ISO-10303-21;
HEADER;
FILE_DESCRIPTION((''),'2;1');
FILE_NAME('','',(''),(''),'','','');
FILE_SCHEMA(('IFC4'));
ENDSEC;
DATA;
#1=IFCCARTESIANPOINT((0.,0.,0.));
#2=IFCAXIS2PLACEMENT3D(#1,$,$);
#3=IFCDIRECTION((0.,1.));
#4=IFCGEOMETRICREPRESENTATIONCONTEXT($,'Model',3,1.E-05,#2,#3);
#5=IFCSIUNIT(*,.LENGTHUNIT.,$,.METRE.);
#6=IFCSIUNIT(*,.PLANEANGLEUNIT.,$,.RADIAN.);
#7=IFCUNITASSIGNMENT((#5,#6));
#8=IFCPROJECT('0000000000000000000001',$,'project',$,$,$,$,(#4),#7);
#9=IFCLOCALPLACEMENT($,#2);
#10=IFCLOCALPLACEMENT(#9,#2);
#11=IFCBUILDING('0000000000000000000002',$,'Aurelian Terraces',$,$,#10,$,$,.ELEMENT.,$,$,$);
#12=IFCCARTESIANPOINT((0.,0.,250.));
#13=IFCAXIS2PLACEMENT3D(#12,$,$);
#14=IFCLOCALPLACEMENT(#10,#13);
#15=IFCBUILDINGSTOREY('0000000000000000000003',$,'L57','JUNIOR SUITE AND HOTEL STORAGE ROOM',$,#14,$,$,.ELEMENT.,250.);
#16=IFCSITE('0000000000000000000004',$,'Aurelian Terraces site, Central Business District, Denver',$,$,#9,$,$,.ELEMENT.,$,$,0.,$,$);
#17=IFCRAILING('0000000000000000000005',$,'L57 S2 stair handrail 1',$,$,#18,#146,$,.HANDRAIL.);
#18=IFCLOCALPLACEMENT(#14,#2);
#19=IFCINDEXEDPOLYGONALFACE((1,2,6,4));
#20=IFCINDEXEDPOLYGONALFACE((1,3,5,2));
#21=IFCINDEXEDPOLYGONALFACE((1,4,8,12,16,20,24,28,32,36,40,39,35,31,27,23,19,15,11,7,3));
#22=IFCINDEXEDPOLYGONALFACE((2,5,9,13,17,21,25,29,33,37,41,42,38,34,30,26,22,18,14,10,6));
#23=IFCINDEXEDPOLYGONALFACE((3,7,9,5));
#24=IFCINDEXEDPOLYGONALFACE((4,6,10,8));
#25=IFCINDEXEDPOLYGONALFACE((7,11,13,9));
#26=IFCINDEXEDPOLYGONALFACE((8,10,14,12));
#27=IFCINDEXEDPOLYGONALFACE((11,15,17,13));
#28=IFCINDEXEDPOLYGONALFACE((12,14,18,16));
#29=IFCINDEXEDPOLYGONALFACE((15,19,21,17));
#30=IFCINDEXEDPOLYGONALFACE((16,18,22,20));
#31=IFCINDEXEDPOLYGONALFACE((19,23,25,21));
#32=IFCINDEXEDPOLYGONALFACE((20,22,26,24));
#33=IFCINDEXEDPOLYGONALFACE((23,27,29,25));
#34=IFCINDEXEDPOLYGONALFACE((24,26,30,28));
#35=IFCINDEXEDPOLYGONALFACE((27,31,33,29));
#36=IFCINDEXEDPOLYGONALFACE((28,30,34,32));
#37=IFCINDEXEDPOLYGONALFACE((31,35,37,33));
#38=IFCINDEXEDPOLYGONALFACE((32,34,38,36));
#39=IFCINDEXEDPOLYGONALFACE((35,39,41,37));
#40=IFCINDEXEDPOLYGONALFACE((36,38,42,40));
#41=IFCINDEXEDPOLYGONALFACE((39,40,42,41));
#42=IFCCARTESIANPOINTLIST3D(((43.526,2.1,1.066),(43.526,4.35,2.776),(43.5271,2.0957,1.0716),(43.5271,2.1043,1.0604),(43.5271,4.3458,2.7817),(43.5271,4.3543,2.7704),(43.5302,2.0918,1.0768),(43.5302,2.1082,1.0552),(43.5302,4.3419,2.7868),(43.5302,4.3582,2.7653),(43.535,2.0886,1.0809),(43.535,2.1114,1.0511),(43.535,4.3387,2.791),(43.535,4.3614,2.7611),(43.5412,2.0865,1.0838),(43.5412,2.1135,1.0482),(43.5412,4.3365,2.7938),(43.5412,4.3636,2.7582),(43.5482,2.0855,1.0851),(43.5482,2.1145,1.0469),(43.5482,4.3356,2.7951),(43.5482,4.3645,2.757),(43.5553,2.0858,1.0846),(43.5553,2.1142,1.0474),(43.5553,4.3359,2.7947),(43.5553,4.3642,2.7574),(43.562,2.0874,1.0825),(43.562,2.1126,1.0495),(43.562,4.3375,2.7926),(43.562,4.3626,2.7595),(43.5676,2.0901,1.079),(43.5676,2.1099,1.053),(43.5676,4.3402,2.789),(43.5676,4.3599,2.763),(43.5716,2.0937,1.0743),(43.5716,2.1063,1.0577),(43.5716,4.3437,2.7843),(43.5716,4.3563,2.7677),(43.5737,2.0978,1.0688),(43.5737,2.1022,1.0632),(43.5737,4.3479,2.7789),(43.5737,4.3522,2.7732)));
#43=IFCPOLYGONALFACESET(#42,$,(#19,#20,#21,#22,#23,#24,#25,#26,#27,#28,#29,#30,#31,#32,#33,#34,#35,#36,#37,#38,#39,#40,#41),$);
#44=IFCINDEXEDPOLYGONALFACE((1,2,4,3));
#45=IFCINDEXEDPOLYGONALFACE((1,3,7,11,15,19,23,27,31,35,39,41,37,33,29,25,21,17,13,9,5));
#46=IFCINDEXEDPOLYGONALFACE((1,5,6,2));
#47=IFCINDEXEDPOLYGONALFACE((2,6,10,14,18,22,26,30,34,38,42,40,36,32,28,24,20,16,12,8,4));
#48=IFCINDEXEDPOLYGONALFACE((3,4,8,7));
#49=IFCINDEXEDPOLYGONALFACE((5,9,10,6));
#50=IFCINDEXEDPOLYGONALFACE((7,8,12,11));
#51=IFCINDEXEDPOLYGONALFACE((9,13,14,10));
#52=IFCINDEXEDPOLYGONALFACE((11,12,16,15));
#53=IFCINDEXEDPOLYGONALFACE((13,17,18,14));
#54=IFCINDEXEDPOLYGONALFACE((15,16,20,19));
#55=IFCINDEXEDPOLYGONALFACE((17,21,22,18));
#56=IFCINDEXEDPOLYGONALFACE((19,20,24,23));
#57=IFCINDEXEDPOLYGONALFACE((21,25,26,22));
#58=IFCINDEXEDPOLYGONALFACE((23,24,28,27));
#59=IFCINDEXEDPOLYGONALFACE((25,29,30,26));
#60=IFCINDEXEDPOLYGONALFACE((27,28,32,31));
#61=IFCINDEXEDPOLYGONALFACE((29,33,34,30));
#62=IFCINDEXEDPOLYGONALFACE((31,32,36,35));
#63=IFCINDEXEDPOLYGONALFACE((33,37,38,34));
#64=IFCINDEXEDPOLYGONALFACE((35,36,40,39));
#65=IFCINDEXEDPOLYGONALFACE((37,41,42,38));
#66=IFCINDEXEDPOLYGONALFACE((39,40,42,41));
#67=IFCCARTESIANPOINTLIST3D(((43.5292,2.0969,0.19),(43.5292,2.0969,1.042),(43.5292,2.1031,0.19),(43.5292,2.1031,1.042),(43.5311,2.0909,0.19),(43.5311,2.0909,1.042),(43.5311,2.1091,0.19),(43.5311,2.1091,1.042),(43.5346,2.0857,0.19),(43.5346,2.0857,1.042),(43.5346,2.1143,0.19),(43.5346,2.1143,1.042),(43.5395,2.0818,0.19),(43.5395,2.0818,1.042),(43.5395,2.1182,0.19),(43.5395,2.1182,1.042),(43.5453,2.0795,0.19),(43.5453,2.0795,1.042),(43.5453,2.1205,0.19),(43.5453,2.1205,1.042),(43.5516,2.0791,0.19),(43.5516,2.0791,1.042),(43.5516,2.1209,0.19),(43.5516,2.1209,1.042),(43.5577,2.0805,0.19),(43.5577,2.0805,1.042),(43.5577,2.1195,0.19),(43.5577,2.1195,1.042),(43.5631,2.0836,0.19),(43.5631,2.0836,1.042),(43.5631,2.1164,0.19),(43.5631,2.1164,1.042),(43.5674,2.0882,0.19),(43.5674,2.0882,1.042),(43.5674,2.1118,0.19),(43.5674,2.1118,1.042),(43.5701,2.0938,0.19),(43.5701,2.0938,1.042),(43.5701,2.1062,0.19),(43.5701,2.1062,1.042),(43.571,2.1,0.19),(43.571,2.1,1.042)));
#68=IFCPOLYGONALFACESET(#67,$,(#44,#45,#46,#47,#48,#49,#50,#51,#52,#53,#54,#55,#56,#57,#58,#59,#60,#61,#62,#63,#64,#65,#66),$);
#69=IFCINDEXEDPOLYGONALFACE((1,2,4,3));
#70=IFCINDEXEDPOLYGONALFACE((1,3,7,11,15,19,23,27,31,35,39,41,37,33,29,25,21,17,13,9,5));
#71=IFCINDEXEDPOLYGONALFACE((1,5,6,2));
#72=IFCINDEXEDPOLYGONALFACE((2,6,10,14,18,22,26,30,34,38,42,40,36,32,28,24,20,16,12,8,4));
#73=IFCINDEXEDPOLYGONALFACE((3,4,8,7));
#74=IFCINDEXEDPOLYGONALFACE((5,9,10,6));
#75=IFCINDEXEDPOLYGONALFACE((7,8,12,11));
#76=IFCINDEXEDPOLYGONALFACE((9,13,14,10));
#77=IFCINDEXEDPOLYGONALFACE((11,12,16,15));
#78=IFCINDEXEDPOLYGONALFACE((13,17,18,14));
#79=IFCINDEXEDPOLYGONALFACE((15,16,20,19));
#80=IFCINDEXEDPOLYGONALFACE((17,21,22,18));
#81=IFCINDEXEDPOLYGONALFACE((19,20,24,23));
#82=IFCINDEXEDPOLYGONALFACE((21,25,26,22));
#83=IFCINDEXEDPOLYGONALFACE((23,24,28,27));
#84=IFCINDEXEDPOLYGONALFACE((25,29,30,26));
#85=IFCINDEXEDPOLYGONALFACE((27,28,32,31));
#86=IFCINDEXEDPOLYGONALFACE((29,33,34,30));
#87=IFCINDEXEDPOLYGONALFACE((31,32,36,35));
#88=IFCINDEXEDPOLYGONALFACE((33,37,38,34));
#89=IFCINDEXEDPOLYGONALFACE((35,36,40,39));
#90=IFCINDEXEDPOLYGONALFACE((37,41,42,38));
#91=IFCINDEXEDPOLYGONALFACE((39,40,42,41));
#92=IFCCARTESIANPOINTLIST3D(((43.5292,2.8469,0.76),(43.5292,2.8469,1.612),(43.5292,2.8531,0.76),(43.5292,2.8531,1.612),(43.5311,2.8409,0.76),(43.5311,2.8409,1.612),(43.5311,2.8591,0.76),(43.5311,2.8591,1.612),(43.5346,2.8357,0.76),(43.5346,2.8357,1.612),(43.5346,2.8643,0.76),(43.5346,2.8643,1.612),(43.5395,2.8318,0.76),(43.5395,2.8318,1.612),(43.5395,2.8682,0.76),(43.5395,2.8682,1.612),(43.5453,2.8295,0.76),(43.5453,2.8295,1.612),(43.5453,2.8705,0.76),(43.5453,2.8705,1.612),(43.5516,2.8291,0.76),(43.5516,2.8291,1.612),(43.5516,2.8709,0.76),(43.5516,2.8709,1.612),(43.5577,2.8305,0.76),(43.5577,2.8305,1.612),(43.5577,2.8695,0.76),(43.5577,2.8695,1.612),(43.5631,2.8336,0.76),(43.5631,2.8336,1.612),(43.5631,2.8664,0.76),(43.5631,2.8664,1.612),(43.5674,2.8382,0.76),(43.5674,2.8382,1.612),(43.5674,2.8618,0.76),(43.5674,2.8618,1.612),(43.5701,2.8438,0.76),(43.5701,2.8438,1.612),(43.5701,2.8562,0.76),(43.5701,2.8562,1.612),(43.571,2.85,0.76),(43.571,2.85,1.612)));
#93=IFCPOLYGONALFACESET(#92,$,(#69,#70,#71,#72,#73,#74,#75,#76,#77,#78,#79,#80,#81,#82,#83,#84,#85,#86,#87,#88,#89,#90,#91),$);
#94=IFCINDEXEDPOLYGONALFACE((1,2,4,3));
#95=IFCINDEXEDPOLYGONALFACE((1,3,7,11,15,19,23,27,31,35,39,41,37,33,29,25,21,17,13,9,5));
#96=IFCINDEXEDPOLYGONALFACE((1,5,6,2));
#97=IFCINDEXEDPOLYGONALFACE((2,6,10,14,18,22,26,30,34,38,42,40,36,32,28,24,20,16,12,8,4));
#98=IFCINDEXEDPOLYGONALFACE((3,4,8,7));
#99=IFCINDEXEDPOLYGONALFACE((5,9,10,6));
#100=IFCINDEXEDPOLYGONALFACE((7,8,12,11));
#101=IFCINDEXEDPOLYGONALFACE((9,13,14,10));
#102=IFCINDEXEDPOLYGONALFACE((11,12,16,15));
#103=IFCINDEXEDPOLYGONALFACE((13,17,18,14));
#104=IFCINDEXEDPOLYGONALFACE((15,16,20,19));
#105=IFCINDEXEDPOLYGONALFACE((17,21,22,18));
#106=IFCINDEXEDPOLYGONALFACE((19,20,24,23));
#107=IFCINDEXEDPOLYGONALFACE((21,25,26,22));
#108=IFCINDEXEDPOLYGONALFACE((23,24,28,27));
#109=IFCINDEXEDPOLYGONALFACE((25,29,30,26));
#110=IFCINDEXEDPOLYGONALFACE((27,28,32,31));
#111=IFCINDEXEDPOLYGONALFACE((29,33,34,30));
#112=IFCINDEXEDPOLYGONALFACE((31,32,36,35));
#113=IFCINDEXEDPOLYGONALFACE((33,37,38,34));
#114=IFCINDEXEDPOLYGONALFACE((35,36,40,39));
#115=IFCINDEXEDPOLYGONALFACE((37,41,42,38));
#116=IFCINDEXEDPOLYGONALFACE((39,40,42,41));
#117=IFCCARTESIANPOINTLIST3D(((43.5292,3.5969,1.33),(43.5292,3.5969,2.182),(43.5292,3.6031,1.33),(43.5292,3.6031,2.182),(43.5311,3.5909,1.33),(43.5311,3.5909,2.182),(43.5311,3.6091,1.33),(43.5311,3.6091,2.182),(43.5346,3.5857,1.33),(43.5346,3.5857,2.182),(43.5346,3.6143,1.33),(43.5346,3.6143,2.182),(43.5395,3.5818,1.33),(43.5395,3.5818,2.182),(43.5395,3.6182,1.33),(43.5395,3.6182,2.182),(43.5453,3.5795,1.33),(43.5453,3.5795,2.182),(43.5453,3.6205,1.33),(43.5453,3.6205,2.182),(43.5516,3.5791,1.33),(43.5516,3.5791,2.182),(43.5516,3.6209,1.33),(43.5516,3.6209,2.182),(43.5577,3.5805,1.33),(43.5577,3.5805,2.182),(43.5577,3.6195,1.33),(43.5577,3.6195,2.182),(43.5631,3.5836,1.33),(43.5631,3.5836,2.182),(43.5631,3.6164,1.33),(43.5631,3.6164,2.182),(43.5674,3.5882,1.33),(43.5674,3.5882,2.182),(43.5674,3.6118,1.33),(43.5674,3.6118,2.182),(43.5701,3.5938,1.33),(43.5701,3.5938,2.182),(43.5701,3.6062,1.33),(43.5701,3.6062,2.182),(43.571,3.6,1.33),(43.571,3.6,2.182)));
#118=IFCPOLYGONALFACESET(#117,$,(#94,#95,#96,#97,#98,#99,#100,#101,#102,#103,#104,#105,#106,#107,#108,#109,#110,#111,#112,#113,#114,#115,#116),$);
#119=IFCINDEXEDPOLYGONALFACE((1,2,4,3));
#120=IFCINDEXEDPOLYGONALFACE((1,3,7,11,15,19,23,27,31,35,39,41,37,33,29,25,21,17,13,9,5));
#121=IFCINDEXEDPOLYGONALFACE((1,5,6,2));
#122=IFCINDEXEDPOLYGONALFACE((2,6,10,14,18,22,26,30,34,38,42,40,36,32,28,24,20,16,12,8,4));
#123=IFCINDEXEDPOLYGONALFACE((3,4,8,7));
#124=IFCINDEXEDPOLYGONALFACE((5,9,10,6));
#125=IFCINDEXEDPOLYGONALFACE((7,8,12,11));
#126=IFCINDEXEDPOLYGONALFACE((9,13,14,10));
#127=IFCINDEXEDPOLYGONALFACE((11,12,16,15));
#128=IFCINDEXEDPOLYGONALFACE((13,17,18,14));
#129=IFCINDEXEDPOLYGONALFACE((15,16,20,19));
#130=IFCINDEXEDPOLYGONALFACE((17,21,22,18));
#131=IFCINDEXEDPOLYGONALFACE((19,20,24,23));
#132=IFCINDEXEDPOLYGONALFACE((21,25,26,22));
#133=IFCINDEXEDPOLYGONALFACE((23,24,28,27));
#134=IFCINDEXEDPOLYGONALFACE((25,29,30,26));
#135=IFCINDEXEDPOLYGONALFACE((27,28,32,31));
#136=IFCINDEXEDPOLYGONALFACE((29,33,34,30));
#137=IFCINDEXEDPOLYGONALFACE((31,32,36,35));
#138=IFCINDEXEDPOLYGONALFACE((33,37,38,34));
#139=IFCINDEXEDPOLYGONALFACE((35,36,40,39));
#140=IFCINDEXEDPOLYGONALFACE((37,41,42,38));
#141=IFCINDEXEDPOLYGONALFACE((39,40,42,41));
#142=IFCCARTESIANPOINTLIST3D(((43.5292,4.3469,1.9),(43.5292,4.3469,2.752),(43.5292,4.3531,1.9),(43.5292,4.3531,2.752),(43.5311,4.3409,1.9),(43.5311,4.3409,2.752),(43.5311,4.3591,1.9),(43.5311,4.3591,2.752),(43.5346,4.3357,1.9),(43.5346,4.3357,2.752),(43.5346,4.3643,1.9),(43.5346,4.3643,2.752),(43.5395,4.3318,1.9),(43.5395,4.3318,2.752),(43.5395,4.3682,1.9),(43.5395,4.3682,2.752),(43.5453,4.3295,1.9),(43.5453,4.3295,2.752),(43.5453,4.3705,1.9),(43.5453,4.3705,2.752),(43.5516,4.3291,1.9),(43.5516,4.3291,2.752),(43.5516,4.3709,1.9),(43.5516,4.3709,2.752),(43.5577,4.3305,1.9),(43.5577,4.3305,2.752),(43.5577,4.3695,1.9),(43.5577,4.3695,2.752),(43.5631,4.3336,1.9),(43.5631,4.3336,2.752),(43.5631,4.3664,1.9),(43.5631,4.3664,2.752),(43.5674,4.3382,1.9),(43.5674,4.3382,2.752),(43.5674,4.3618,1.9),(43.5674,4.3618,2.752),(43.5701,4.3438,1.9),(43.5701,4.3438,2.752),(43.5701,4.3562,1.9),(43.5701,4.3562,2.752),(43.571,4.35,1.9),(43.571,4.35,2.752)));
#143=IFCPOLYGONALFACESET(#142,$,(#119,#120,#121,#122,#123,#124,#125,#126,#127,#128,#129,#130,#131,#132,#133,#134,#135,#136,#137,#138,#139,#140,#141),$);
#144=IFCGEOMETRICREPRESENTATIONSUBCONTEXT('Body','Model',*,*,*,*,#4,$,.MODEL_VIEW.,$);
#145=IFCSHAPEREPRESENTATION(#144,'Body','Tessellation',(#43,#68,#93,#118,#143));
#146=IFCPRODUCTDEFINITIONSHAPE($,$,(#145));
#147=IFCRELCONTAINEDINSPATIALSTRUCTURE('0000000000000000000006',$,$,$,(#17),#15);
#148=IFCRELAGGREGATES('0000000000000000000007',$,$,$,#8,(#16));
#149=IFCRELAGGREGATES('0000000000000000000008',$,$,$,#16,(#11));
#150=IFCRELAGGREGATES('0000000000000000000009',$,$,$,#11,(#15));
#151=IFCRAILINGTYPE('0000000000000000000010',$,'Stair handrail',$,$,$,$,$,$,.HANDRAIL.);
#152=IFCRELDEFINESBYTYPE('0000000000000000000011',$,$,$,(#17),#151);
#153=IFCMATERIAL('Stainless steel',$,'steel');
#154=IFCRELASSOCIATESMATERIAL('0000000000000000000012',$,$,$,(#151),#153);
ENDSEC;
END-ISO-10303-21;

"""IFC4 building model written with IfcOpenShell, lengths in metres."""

from ifc_helpers import new_model, si_unit, direction, frame, origin, origin_2d, place, context, subcontext, project, spatial, circle, extrude, source, transform, mapped, material, type_object, element, save


model = new_model("IFC4")

# Units and contexts
model_context = context("Model", 3, precision=1e-05, world=origin(), true_north=direction((0.0, 1.0)))
body_context = subcontext(model_context, "Body", "Model", "MODEL_VIEW")
ifc_project = project(units=[si_unit("LENGTHUNIT", "METRE"), si_unit("PLANEANGLEUNIT", "RADIAN")], contexts=[model_context])

# Site, building, storey
site_placement = place(None, origin())
site = spatial("IfcSite", under=ifc_project, at=site_placement, Name="Aurelian Terraces site, Central Business District, Denver", CompositionType="ELEMENT", RefElevation=0.0)
building_placement = place(site_placement, origin())
building = spatial("IfcBuilding", under=site, at=building_placement, Name="Aurelian Terraces", CompositionType="ELEMENT")
storey_placement = place(building_placement, frame((0.0, 0.0, 250.0)))
storey = spatial("IfcBuildingStorey", under=building, at=storey_placement, Name="L57", Description="JUNIOR SUITE AND HOTEL STORAGE ROOM", CompositionType="ELEMENT", Elevation=250.0)

# Railing
ifc_material_1 = material(Name="Stainless steel", Category="steel")
railing_type_1 = type_object("IfcRailingType", Name="Stair handrail", PredefinedType="HANDRAIL", material=ifc_material_1)
shared_shape_1 = source(origin(), body_context, "Body", "SweptSolid", [
    extrude(circle(Radius=0.024, at=origin_2d()), frame((0.0, 0.0, 0.876), z_axis=(0.0, 0.796162, 0.605083), x_axis=(-1.0, 0.0, 0.0)), (0.0, 0.0, 1.0), 2.8261),
    extrude(circle(Radius=0.021, at=origin_2d()), origin(), (0.0, 0.0, 1.0), 0.852),
    extrude(circle(Radius=0.021, at=origin_2d()), frame((0.0, 0.75, 0.57)), (0.0, 0.0, 1.0), 0.852),
    extrude(circle(Radius=0.021, at=origin_2d()), frame((0.0, 1.5, 1.14)), (0.0, 0.0, 1.0), 0.852),
    extrude(circle(Radius=0.021, at=origin_2d()), frame((0.0, 2.25, 1.71)), (0.0, 0.0, 1.0), 0.852),
])
railing_1_placement = place(storey_placement, frame((43.55, 2.1, 0.19)))
element("IfcRailing", 1, at=railing_1_placement, inside=storey, type_object=railing_type_1, Name="L57 S2 stair handrail 1", PredefinedType="HANDRAIL", context=body_context, shape_type="MappedRepresentation", body=[
    mapped(shared_shape_1, transform((0.0, 0.0, 0.0), scale=1.0)),
])

save(model, "model.ifc")
